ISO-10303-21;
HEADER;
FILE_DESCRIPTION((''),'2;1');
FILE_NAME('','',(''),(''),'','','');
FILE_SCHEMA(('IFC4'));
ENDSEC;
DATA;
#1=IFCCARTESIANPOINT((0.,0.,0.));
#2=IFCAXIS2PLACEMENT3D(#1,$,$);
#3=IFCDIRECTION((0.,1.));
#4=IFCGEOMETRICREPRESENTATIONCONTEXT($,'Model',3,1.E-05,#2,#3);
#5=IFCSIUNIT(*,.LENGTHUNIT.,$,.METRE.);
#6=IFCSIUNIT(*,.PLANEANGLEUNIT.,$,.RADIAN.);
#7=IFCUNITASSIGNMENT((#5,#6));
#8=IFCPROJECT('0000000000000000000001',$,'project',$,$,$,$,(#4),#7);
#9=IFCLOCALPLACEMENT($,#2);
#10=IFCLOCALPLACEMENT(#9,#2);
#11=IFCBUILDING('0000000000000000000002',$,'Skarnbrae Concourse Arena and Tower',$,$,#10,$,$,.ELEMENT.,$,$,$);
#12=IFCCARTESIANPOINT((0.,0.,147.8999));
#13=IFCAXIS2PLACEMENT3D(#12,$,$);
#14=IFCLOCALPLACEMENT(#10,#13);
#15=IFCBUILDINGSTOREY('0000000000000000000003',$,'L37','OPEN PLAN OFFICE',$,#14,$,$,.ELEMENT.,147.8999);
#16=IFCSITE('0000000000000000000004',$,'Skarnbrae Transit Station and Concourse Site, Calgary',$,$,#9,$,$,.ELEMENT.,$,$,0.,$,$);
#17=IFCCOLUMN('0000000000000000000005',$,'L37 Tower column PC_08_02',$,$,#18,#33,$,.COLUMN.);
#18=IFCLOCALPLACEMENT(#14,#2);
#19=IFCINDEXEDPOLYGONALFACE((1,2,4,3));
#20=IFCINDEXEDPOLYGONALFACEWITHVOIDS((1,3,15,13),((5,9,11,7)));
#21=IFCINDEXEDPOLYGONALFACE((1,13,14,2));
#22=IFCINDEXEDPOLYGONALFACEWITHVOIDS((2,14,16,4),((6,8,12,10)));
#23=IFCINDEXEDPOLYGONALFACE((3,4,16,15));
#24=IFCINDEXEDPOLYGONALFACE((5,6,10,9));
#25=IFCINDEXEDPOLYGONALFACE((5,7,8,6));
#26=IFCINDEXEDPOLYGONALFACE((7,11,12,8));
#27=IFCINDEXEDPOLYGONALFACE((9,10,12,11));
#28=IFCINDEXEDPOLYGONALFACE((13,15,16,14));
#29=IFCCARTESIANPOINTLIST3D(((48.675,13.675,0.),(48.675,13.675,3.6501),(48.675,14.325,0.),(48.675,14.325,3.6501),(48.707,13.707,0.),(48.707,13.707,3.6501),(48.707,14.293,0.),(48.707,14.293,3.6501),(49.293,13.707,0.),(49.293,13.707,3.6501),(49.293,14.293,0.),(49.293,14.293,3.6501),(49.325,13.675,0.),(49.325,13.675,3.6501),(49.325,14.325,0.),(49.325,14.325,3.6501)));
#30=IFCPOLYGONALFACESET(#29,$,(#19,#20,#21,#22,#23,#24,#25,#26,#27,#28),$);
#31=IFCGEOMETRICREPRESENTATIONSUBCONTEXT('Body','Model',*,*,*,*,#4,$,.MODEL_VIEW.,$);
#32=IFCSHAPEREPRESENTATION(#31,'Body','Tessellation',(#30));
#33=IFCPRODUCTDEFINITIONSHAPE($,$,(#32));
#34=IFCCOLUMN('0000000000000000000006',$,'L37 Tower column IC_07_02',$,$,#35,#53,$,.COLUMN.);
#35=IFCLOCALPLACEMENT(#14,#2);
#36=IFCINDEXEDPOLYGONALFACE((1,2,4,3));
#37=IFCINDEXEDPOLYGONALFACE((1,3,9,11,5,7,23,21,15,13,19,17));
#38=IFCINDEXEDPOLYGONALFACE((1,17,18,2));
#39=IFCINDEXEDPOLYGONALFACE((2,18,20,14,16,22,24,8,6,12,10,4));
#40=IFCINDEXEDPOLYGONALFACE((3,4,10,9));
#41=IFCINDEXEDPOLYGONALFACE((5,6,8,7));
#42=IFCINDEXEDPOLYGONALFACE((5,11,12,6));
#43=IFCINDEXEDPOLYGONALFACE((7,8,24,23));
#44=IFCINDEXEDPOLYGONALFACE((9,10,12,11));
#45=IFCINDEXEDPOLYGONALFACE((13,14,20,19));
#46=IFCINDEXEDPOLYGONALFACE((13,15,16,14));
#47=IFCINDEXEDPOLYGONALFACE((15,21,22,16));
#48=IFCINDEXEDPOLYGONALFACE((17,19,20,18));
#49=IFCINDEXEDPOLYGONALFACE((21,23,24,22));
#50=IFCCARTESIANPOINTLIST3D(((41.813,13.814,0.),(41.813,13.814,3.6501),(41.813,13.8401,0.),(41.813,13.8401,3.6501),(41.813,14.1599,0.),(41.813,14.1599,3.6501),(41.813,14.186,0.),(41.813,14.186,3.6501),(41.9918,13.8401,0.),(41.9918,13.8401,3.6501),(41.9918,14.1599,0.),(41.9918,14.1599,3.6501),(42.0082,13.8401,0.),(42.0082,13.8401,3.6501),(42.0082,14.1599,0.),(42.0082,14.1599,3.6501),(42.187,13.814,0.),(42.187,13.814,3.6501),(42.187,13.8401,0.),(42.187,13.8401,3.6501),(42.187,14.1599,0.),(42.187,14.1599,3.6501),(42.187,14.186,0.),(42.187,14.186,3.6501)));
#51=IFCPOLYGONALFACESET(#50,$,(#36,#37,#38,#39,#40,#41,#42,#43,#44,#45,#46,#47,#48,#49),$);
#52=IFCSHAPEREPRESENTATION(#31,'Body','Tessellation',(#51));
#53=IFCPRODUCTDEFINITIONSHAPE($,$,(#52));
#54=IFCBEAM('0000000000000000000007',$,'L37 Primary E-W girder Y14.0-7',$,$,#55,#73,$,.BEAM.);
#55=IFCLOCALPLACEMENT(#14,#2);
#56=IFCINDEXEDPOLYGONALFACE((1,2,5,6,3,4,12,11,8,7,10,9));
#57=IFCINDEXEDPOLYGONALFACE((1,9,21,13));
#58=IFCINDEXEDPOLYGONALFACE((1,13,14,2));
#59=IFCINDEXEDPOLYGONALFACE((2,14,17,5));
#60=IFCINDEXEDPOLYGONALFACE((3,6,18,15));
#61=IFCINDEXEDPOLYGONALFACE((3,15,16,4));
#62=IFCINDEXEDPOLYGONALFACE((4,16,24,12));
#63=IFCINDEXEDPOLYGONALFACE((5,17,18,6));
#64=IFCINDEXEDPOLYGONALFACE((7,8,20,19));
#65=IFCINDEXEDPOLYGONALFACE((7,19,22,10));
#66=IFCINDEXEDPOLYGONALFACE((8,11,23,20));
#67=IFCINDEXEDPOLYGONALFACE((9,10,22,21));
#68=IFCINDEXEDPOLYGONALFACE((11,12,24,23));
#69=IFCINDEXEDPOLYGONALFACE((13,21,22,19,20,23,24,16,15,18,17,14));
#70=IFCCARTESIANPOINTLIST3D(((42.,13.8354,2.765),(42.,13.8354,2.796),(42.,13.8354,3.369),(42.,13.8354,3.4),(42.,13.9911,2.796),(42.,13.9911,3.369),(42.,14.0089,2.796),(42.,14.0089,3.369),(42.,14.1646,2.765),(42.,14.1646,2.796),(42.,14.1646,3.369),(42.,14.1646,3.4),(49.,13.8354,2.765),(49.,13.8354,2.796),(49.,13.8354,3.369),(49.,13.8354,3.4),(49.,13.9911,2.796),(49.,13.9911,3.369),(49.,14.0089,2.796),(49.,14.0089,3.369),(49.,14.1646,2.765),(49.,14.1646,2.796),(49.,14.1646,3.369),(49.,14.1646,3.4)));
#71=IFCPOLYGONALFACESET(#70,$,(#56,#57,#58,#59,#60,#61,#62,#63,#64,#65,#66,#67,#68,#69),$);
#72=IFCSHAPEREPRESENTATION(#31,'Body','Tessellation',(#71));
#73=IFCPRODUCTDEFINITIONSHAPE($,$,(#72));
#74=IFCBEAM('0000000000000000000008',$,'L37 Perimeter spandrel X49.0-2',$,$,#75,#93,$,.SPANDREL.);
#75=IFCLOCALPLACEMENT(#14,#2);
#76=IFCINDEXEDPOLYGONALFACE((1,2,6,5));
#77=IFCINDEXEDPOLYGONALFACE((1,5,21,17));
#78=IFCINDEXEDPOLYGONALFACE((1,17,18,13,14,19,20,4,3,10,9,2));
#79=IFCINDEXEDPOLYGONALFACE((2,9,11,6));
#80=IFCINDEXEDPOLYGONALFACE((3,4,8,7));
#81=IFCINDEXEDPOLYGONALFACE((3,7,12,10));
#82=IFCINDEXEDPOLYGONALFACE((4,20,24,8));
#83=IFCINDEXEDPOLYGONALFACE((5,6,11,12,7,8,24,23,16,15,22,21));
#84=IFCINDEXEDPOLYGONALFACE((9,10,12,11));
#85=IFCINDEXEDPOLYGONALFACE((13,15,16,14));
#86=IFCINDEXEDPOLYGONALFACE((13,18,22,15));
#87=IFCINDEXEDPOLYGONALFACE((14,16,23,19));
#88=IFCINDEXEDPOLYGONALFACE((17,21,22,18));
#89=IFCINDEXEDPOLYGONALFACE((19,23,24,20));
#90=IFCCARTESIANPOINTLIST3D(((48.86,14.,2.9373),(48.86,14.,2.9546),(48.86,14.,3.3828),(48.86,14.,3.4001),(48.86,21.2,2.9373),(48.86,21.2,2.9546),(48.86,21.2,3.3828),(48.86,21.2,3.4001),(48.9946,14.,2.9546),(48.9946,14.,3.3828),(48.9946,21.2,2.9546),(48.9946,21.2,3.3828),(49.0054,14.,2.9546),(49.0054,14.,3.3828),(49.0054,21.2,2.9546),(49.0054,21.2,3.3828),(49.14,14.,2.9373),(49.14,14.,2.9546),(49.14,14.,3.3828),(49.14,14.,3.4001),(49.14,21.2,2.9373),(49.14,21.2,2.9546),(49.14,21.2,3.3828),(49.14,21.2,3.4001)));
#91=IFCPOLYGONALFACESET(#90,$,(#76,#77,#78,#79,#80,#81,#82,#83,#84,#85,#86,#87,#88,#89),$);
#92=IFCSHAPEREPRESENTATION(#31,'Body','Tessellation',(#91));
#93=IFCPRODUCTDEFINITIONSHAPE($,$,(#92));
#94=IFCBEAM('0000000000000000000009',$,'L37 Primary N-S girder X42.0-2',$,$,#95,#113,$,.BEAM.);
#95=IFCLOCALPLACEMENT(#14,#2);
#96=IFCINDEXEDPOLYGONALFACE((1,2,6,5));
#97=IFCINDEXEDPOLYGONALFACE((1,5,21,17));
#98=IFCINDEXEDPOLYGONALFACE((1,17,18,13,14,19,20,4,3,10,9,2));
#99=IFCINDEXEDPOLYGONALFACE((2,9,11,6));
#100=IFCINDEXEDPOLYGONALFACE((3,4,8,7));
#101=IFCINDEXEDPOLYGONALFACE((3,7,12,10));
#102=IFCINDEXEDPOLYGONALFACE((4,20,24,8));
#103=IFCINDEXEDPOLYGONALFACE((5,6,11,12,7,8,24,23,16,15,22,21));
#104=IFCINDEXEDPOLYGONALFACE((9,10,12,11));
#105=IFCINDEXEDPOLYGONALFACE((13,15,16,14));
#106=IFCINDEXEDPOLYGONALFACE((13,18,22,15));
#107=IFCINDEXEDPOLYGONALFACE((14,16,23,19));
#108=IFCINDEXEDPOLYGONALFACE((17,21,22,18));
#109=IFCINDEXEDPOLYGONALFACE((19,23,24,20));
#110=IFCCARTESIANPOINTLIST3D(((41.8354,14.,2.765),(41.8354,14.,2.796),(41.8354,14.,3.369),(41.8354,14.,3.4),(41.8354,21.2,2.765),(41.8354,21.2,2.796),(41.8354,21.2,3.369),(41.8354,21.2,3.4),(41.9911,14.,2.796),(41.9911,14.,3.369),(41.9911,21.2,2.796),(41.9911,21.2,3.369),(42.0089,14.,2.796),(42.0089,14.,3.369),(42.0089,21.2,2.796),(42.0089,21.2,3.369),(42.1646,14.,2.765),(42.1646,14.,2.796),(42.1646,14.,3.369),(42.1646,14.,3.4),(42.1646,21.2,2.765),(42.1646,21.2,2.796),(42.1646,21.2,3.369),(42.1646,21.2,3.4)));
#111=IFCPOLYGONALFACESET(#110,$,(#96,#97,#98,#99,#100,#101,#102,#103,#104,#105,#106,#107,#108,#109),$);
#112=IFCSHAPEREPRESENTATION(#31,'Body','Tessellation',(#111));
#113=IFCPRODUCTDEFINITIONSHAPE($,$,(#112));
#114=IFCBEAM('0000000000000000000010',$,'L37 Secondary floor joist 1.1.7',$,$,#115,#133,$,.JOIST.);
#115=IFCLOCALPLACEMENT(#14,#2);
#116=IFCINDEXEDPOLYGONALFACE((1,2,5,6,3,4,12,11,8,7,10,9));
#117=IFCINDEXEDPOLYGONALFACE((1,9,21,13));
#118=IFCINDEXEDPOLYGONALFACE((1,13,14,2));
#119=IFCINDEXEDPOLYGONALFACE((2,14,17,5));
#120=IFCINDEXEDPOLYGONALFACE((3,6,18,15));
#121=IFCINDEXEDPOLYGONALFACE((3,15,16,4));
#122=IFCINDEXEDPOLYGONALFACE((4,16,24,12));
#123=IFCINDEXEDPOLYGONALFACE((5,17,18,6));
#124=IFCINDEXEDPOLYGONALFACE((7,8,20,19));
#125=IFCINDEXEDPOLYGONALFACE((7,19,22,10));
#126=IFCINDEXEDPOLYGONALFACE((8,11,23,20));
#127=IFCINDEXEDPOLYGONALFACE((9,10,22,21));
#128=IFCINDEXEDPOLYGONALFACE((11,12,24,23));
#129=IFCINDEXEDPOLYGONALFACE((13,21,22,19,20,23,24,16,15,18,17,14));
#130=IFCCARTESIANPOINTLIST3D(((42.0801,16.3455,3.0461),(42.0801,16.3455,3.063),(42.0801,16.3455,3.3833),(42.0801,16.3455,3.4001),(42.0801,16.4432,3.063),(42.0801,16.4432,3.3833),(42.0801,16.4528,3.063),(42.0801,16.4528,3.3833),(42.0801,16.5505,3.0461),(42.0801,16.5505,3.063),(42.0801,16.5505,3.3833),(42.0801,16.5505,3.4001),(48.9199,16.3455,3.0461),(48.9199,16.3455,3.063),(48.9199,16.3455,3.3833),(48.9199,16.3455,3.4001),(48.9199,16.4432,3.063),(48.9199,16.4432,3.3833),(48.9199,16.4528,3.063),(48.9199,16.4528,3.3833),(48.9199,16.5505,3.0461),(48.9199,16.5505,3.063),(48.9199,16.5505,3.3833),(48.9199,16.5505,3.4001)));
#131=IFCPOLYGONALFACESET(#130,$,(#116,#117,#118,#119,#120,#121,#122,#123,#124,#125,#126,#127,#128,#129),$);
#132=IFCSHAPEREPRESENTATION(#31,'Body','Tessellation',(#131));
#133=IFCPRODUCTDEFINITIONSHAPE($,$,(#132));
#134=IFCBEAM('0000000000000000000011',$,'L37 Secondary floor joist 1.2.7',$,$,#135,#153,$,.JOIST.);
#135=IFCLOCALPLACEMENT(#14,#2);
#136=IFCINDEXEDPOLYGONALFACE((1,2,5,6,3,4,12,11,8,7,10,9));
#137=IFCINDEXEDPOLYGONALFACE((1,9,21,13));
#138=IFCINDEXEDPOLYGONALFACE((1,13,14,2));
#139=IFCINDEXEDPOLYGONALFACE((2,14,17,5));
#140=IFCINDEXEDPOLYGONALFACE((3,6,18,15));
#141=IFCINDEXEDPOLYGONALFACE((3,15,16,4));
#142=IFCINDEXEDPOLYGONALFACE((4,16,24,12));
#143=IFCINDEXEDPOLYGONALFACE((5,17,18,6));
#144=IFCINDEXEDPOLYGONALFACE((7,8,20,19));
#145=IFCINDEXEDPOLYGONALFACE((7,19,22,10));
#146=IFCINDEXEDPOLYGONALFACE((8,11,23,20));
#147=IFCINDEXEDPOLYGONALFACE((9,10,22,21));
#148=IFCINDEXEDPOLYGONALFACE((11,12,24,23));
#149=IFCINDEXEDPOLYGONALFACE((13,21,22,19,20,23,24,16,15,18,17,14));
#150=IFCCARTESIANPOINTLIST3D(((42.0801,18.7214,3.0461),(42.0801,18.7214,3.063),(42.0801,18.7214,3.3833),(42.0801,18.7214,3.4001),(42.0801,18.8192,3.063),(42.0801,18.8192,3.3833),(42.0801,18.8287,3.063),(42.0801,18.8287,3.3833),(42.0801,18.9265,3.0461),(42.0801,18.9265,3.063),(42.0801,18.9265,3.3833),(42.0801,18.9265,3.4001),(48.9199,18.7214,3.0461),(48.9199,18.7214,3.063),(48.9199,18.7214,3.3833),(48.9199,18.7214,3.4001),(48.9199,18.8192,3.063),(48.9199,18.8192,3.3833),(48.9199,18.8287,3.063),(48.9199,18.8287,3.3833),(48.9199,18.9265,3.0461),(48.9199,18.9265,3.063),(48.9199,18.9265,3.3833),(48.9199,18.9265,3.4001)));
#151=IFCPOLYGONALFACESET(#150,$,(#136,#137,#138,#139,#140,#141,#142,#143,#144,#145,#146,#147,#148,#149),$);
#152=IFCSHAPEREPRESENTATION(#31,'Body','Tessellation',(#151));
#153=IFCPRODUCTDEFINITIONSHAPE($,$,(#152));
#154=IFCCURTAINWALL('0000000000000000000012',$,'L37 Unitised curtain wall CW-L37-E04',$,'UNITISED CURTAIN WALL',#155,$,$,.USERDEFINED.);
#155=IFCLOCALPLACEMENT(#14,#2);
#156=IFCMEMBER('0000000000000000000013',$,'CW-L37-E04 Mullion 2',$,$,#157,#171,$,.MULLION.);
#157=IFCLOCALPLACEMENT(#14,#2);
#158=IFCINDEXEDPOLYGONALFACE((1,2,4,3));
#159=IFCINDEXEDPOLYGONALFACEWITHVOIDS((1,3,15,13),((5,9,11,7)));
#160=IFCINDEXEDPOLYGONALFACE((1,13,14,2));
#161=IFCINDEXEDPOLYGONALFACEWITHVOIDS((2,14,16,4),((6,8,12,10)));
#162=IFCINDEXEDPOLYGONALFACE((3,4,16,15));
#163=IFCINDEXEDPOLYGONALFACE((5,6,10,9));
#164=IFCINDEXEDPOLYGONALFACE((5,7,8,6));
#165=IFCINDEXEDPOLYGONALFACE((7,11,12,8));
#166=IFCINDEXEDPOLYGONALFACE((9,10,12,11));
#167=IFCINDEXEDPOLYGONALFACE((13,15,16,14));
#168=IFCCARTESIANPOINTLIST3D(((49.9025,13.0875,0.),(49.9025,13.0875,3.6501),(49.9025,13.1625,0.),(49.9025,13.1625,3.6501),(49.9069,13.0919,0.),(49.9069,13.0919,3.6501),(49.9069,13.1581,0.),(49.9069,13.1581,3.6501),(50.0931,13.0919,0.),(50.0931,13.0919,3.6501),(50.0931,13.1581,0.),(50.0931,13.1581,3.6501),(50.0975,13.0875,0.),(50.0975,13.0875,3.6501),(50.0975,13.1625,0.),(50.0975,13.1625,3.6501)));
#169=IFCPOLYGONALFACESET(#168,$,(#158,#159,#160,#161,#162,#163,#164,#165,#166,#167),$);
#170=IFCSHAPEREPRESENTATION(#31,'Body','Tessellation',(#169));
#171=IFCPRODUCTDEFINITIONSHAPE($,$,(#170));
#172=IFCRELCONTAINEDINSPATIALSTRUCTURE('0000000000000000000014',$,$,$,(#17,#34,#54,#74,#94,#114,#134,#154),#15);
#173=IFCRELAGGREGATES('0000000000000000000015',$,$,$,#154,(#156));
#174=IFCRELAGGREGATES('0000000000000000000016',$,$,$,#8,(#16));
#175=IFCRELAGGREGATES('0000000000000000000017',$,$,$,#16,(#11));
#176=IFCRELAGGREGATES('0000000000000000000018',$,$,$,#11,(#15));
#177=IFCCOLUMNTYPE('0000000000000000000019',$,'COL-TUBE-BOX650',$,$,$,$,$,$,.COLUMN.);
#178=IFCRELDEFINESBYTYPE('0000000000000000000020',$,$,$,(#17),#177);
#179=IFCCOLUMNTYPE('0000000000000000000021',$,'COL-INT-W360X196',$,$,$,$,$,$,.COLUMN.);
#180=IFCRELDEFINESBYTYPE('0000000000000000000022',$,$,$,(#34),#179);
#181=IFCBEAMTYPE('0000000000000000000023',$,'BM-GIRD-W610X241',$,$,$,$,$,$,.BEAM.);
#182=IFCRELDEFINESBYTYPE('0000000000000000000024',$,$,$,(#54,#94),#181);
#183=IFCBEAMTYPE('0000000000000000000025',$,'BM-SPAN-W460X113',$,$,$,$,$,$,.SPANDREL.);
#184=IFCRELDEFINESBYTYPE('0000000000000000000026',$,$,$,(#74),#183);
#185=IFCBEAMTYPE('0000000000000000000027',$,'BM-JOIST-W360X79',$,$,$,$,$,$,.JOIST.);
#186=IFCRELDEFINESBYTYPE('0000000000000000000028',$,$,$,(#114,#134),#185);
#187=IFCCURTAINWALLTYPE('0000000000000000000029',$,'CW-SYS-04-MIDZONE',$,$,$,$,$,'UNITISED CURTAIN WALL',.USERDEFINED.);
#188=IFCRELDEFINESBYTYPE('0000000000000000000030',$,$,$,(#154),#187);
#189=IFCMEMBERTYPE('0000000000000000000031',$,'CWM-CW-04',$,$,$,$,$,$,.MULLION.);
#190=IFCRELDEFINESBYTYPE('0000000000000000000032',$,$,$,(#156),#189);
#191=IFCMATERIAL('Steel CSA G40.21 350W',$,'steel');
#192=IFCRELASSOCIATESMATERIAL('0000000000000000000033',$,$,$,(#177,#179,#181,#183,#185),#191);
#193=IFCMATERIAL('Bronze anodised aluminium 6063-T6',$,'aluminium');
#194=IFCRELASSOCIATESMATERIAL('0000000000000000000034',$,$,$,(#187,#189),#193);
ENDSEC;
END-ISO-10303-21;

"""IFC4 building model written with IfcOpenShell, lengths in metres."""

from ifc_helpers import new_model, si_unit, direction, frame, origin, origin_2d, place, context, subcontext, project, spatial, hollow_rectangle, i_section, extrude, source, transform, mapped, material, material_profile, profile_set, type_object, element, aggregate, save


model = new_model("IFC4")

# Units and contexts
model_context = context("Model", 3, precision=1e-05, world=origin(), true_north=direction((0.0, 1.0)))
body_context = subcontext(model_context, "Body", "Model", "MODEL_VIEW")
ifc_project = project(units=[si_unit("LENGTHUNIT", "METRE"), si_unit("PLANEANGLEUNIT", "RADIAN")], contexts=[model_context])

# Site, building, storey
site_placement = place(None, origin())
site = spatial("IfcSite", under=ifc_project, at=site_placement, Name="Skarnbrae Transit Station and Concourse Site, Calgary", CompositionType="ELEMENT", RefElevation=0.0)
building_placement = place(site_placement, origin())
building = spatial("IfcBuilding", under=site, at=building_placement, Name="Skarnbrae Concourse Arena and Tower", CompositionType="ELEMENT")
storey_placement = place(building_placement, frame((0.0, 0.0, 147.8999)))
storey = spatial("IfcBuildingStorey", under=building, at=storey_placement, Name="L37", Description="OPEN PLAN OFFICE", CompositionType="ELEMENT", Elevation=147.8999)

# Columns
ifc_material_1 = material(Name="Steel CSA G40.21 350W", Category="steel")
ifc_material_profile_1 = material_profile(ifc_material_1, hollow_rectangle(XDim=0.6499, YDim=0.6499, WallThickness=0.032, at=origin_2d()), Name="BOX650X650X32")
ifc_profile_set_1 = profile_set([ifc_material_profile_1], Name="Steel CSA G40.21 350W")
column_type_1 = type_object("IfcColumnType", Name="COL-TUBE-BOX650", PredefinedType="COLUMN", material=ifc_profile_set_1)
shared_shape_1 = source(origin(), body_context, "Body", "SweptSolid", [
    extrude(hollow_rectangle(XDim=0.6499, YDim=0.6499, WallThickness=0.032, at=origin_2d()), origin(), (0.0, 0.0, 1.0), 3.6501),
])
column_1_placement = place(storey_placement, frame((49.0, 14.0, 0.0), z_axis=(0.0, 0.0, 1.0), x_axis=(1.0, 0.0, 0.0)))
element("IfcColumn", 1, at=column_1_placement, inside=storey, type_object=column_type_1, Name="L37 Tower column PC_08_02", PredefinedType="COLUMN", context=body_context, shape_type="MappedRepresentation", body=[
    mapped(shared_shape_1, transform((0.0, 0.0, 0.0))),
])
ifc_material_profile_2 = material_profile(ifc_material_1, i_section(OverallWidth=0.374, OverallDepth=0.3721, WebThickness=0.0164, FlangeThickness=0.0261, at=origin_2d()), Name="W360X196")
ifc_profile_set_2 = profile_set([ifc_material_profile_2], Name="Steel CSA G40.21 350W")
column_type_2 = type_object("IfcColumnType", Name="COL-INT-W360X196", PredefinedType="COLUMN", material=ifc_profile_set_2)
shared_shape_2 = source(origin(), body_context, "Body", "SweptSolid", [
    extrude(i_section(OverallWidth=0.374, OverallDepth=0.3721, WebThickness=0.0164, FlangeThickness=0.0261, at=origin_2d()), origin(), (0.0, 0.0, 1.0), 3.6501),
])
column_2_placement = place(storey_placement, frame((42.0, 14.0, 0.0), z_axis=(0.0, 0.0, 1.0), x_axis=(1.0, 0.0, 0.0)))
element("IfcColumn", 2, at=column_2_placement, inside=storey, type_object=column_type_2, Name="L37 Tower column IC_07_02", PredefinedType="COLUMN", context=body_context, shape_type="MappedRepresentation", body=[
    mapped(shared_shape_2, transform((0.0, 0.0, 0.0))),
])

# Beams
ifc_material_profile_3 = material_profile(ifc_material_1, i_section(OverallWidth=0.3291, OverallDepth=0.635, WebThickness=0.0178, FlangeThickness=0.031, at=origin_2d()), Name="W610X241")
ifc_profile_set_3 = profile_set([ifc_material_profile_3], Name="Steel CSA G40.21 350W")
beam_type_1 = type_object("IfcBeamType", Name="BM-GIRD-W610X241", PredefinedType="BEAM", material=ifc_profile_set_3)
shared_shape_3 = source(origin(), body_context, "Body", "SweptSolid", [
    extrude(i_section(OverallWidth=0.3291, OverallDepth=0.635, WebThickness=0.0178, FlangeThickness=0.031, at=origin_2d()), origin(), (0.0, 0.0, 1.0), 7.0),
])
beam_1_placement = place(storey_placement, frame((42.0, 14.0, 3.0825), z_axis=(1.0, 0.0, 0.0), x_axis=(0.0, 1.0, 0.0)))
element("IfcBeam", 3, at=beam_1_placement, inside=storey, type_object=beam_type_1, Name="L37 Primary E-W girder Y14.0-7", PredefinedType="BEAM", context=body_context, shape_type="MappedRepresentation", body=[
    mapped(shared_shape_3, transform((0.0, 0.0, 0.0))),
])
ifc_material_profile_4 = material_profile(ifc_material_1, i_section(OverallWidth=0.28, OverallDepth=0.4629, WebThickness=0.0107, FlangeThickness=0.0173, at=origin_2d()), Name="W460X113")
ifc_profile_set_4 = profile_set([ifc_material_profile_4], Name="Steel CSA G40.21 350W")
beam_type_2 = type_object("IfcBeamType", Name="BM-SPAN-W460X113", PredefinedType="SPANDREL", material=ifc_profile_set_4)
shared_shape_4 = source(origin(), body_context, "Body", "SweptSolid", [
    extrude(i_section(OverallWidth=0.28, OverallDepth=0.4629, WebThickness=0.0107, FlangeThickness=0.0173, at=origin_2d()), origin(), (0.0, 0.0, 1.0), 7.2),
])
beam_2_placement = place(storey_placement, frame((49.0, 14.0, 3.1687), z_axis=(0.0, 1.0, 0.0), x_axis=(-1.0, 0.0, 0.0)))
element("IfcBeam", 4, at=beam_2_placement, inside=storey, type_object=beam_type_2, Name="L37 Perimeter spandrel X49.0-2", PredefinedType="SPANDREL", context=body_context, shape_type="MappedRepresentation", body=[
    mapped(shared_shape_4, transform((0.0, 0.0, 0.0))),
])
shared_shape_5 = source(origin(), body_context, "Body", "SweptSolid", [
    extrude(i_section(OverallWidth=0.3291, OverallDepth=0.635, WebThickness=0.0178, FlangeThickness=0.031, at=origin_2d()), origin(), (0.0, 0.0, 1.0), 7.2),
])
beam_3_placement = place(storey_placement, frame((42.0, 14.0, 3.0825), z_axis=(0.0, 1.0, 0.0), x_axis=(-1.0, 0.0, 0.0)))
element("IfcBeam", 5, at=beam_3_placement, inside=storey, type_object=beam_type_1, Name="L37 Primary N-S girder X42.0-2", PredefinedType="BEAM", context=body_context, shape_type="MappedRepresentation", body=[
    mapped(shared_shape_5, transform((0.0, 0.0, 0.0))),
])
ifc_material_profile_5 = material_profile(ifc_material_1, i_section(OverallWidth=0.2051, OverallDepth=0.354, WebThickness=0.0095, FlangeThickness=0.0168, at=origin_2d()), Name="W360X79")
ifc_profile_set_5 = profile_set([ifc_material_profile_5], Name="Steel CSA G40.21 350W")
beam_type_3 = type_object("IfcBeamType", Name="BM-JOIST-W360X79", PredefinedType="JOIST", material=ifc_profile_set_5)
shared_shape_6 = source(origin(), body_context, "Body", "SweptSolid", [
    extrude(i_section(OverallWidth=0.2051, OverallDepth=0.354, WebThickness=0.0095, FlangeThickness=0.0168, at=origin_2d()), origin(), (0.0, 0.0, 1.0), 6.8398),
])
for number, where, z_axis, x_axis, name in (
    (6, (42.0801, 16.448, 3.2231), (1.0, 0.0, 0.0), (0.0, 1.0, 0.0), "L37 Secondary floor joist 1.1.7"),
    (7, (42.0801, 18.824, 3.2231), (1.0, 0.0, 0.0), (0.0, 1.0, 0.0), "L37 Secondary floor joist 1.2.7"),
):
    element("IfcBeam", number, at=place(storey_placement, frame(where, z_axis=z_axis, x_axis=x_axis)), inside=storey, type_object=beam_type_3, Name=name, PredefinedType="JOIST", context=body_context, shape_type="MappedRepresentation", body=[
        mapped(shared_shape_6, transform((0.0, 0.0, 0.0))),
    ])

# Curtain wall, member
ifc_material_2 = material(Name="Bronze anodised aluminium 6063-T6", Category="aluminium")
curtain_wall_type = type_object("IfcCurtainWallType", Name="CW-SYS-04-MIDZONE", ElementType="UNITISED CURTAIN WALL", PredefinedType="USERDEFINED", material=ifc_material_2)
curtain_wall_placement = place(storey_placement, origin())
curtain_wall = element("IfcCurtainWall", 8, at=curtain_wall_placement, inside=storey, type_object=curtain_wall_type, Name="L37 Unitised curtain wall CW-L37-E04", ObjectType="UNITISED CURTAIN WALL", PredefinedType="USERDEFINED")
ifc_material_profile_6 = material_profile(ifc_material_2, hollow_rectangle(XDim=0.075, YDim=0.1951, WallThickness=0.0044, at=origin_2d()), Name="ALU-MULL-75X195")
ifc_profile_set_6 = profile_set([ifc_material_profile_6], Name="Bronze anodised aluminium 6063-T6")
member_type_1 = type_object("IfcMemberType", Name="CWM-CW-04", PredefinedType="MULLION", material=ifc_profile_set_6)
shared_shape_7 = source(origin(), body_context, "Body", "SweptSolid", [
    extrude(hollow_rectangle(XDim=0.075, YDim=0.1951, WallThickness=0.0044, at=origin_2d()), origin(), (0.0, 0.0, 1.0), 3.6501),
])
member_1_placement = place(storey_placement, frame((50.0, 13.125, 0.0), z_axis=(0.0, 0.0, 1.0), x_axis=(0.0, 1.0, 0.0)))
member_1 = element("IfcMember", 9, at=member_1_placement, type_object=member_type_1, Name="CW-L37-E04 Mullion 2", PredefinedType="MULLION", context=body_context, shape_type="MappedRepresentation", body=[
    mapped(shared_shape_7, transform((0.0, 0.0, 0.0))),
])
aggregate(curtain_wall, [member_1])

save(model, "model.ifc")
